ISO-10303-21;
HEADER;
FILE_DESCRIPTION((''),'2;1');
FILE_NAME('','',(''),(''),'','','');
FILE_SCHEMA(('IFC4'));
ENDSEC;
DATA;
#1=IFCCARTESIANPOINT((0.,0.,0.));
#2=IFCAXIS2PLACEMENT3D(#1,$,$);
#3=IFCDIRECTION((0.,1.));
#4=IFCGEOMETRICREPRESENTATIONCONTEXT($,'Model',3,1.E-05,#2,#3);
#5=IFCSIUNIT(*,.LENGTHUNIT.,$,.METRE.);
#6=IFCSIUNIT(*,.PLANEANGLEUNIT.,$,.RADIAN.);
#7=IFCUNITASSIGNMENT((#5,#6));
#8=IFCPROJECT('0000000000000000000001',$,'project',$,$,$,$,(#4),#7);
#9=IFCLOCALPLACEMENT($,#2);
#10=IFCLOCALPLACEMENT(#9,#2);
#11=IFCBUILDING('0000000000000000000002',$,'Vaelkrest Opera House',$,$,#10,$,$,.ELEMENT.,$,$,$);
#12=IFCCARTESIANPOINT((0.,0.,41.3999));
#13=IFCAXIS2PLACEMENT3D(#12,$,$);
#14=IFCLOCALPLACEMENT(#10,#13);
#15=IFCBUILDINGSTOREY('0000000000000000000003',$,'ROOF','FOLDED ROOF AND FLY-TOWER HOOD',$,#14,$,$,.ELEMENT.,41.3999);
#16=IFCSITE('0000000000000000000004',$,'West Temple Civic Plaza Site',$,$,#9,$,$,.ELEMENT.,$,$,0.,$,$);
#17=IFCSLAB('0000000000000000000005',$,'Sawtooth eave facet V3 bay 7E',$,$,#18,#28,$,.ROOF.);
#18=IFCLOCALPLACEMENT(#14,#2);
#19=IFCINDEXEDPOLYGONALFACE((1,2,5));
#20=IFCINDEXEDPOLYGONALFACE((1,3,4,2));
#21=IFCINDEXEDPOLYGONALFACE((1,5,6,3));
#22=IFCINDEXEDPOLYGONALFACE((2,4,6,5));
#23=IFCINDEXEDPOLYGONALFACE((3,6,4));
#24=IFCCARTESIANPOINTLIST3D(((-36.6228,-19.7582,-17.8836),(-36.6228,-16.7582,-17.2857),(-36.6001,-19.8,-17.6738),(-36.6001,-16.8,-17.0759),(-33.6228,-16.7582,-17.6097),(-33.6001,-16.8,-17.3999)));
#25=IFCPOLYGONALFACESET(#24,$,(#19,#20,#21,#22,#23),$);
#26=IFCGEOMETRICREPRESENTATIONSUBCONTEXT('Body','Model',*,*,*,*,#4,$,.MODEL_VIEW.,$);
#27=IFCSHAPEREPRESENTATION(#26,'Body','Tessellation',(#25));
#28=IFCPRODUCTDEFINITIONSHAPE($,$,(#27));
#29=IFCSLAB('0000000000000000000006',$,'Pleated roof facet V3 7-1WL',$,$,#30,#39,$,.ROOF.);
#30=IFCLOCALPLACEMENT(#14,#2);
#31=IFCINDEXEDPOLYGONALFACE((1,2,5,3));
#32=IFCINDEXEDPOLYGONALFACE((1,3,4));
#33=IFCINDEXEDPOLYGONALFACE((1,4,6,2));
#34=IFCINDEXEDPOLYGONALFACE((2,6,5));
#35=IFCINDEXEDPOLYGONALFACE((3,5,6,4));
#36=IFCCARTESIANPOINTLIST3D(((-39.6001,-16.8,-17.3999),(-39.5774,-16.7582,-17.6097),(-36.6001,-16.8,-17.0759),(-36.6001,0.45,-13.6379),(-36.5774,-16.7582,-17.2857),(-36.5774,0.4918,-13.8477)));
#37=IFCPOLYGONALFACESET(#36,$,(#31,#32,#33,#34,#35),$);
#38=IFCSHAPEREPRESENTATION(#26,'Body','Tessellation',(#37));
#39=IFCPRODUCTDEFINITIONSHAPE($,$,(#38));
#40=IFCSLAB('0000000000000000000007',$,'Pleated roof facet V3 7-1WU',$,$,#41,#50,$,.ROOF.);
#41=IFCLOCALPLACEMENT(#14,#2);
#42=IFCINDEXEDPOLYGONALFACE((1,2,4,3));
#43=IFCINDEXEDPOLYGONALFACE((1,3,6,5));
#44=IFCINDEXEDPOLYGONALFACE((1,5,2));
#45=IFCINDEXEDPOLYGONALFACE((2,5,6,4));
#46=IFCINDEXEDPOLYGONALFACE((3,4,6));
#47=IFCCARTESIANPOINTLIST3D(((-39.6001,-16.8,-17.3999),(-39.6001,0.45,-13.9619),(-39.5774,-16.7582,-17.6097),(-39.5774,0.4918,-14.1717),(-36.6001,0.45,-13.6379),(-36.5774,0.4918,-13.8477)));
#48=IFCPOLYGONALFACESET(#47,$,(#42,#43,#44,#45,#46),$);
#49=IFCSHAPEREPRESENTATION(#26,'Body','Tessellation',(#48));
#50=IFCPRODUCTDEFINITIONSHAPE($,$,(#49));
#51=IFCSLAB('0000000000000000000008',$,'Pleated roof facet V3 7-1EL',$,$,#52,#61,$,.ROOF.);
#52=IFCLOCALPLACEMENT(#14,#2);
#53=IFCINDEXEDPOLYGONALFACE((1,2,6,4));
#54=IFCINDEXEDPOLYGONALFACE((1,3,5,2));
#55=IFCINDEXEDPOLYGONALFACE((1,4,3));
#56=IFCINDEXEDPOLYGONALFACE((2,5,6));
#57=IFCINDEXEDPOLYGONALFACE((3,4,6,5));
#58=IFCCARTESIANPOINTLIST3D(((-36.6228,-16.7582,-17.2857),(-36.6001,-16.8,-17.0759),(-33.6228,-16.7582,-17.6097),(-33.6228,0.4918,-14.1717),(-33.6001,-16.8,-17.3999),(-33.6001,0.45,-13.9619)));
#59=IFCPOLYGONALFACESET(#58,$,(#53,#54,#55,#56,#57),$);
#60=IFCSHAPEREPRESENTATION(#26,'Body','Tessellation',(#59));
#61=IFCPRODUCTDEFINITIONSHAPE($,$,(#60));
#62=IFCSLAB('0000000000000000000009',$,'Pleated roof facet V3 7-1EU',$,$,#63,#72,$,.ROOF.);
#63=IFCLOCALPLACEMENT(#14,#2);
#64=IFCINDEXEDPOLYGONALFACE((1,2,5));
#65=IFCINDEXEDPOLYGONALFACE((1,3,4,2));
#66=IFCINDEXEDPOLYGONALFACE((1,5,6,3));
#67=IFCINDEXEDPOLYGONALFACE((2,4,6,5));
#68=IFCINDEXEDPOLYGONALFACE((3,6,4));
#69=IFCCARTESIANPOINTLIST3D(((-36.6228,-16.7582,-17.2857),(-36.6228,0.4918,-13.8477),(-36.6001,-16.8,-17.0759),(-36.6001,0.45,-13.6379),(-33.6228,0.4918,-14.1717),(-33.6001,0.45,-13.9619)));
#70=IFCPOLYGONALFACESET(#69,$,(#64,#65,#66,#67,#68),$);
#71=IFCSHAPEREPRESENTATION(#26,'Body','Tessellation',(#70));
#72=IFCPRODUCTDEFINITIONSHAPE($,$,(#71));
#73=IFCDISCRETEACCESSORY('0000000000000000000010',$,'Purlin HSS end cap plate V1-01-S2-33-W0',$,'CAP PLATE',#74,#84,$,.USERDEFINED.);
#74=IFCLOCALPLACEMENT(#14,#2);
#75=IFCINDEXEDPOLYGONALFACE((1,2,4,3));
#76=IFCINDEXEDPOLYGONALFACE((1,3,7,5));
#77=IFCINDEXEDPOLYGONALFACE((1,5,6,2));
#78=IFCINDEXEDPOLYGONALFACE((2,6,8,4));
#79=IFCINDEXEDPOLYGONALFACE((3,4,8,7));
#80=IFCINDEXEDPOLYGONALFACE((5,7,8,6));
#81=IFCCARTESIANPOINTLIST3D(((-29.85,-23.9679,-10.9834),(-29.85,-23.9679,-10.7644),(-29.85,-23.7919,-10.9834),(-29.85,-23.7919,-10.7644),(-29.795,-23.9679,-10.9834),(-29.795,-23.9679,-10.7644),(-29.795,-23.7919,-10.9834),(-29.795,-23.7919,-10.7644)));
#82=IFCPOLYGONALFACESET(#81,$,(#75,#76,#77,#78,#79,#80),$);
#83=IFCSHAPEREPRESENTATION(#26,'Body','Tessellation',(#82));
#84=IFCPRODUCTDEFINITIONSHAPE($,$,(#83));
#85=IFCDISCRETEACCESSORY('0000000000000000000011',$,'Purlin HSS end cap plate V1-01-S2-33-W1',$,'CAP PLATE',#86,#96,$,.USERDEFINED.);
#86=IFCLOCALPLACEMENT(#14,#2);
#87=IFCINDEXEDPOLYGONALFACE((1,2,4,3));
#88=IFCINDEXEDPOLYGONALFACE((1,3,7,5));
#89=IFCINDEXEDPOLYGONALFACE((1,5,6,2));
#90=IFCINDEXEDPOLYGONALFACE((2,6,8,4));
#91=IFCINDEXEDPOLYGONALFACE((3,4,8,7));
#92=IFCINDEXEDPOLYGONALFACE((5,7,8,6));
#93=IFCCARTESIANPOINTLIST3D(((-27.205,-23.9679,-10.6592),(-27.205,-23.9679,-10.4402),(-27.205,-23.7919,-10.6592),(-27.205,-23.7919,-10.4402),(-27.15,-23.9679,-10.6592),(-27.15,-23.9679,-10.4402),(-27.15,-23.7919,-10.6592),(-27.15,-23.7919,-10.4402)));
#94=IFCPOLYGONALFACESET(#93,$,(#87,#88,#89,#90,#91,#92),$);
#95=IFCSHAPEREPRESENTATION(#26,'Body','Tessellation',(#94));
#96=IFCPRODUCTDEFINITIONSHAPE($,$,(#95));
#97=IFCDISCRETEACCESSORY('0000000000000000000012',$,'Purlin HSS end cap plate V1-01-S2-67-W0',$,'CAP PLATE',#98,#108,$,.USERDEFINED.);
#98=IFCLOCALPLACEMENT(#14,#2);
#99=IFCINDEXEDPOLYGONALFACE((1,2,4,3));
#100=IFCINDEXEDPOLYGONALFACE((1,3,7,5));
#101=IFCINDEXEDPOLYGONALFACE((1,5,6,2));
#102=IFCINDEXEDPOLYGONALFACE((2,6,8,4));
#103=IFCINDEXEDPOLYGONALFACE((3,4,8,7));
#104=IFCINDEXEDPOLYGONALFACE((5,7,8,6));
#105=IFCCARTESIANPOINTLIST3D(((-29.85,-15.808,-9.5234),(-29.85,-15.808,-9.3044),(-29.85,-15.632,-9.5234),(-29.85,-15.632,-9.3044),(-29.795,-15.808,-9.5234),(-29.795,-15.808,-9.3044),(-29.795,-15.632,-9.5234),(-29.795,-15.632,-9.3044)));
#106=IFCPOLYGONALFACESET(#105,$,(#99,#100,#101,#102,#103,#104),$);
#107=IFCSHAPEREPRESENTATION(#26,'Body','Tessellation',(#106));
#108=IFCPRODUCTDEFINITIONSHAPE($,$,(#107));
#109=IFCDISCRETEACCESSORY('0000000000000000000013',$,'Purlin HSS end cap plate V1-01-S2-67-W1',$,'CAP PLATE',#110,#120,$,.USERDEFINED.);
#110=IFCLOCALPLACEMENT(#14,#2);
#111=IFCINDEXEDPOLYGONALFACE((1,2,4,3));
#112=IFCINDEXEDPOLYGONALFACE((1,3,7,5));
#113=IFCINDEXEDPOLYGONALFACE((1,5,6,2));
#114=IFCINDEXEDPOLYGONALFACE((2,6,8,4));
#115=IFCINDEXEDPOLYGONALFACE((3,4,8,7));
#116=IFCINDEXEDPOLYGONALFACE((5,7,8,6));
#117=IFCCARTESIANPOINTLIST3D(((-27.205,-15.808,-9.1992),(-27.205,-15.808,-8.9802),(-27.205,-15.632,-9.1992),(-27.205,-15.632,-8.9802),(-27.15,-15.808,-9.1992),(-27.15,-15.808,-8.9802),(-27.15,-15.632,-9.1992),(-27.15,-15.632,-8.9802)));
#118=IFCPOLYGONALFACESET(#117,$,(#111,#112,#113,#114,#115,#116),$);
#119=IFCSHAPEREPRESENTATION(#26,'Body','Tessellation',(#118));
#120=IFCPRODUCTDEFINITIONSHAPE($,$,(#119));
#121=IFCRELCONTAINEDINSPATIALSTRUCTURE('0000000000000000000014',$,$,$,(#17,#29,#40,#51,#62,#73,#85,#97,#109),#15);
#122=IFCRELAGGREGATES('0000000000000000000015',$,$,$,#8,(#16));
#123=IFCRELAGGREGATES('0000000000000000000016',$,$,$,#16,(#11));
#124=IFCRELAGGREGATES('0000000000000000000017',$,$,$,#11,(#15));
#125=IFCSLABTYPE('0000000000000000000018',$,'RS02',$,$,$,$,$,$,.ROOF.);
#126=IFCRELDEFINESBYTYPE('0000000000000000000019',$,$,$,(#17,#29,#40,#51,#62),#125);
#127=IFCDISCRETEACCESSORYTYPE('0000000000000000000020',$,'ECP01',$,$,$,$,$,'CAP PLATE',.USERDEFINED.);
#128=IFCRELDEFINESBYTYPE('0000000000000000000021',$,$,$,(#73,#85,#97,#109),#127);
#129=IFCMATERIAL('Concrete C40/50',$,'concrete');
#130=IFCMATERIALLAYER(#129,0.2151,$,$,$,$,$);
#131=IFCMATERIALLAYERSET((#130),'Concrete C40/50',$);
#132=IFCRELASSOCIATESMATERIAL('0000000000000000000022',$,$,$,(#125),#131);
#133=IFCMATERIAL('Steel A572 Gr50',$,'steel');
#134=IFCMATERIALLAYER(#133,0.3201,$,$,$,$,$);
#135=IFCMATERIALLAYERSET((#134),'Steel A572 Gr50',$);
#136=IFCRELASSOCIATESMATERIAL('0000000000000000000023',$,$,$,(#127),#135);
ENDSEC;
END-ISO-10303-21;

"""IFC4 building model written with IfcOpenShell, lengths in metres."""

from ifc_helpers import new_model, si_unit, direction, frame, origin, origin_2d, place, context, subcontext, project, spatial, polyline, rectangle, outline, extrude, material, layer, layer_set, type_object, element, save


model = new_model("IFC4")

# Units and contexts
model_context = context("Model", 3, precision=1e-05, world=origin(), true_north=direction((0.0, 1.0)))
body_context = subcontext(model_context, "Body", "Model", "MODEL_VIEW")
ifc_project = project(units=[si_unit("LENGTHUNIT", "METRE"), si_unit("PLANEANGLEUNIT", "RADIAN")], contexts=[model_context])

# Site, building, storey
site_placement = place(None, origin())
site = spatial("IfcSite", under=ifc_project, at=site_placement, Name="West Temple Civic Plaza Site", CompositionType="ELEMENT", RefElevation=0.0)
building_placement = place(site_placement, origin())
building = spatial("IfcBuilding", under=site, at=building_placement, Name="Vaelkrest Opera House", CompositionType="ELEMENT")
storey_placement = place(building_placement, frame((0.0, 0.0, 41.3999)))
storey = spatial("IfcBuildingStorey", under=building, at=storey_placement, Name="ROOF", Description="FOLDED ROOF AND FLY-TOWER HOOD", CompositionType="ELEMENT", Elevation=41.3999)

# Shared definitions
ifc_material_1 = material(Name="Steel A572 Gr50", Category="steel")

# Slabs
ifc_material_2 = material(Name="Concrete C40/50", Category="concrete")
ifc_layer_1 = layer(ifc_material_2, 0.2151)
ifc_layer_set_1 = layer_set([ifc_layer_1], Name="Concrete C40/50")
slab_type = type_object("IfcSlabType", Name="RS02", PredefinedType="ROOF", material=ifc_layer_set_1)
slab_1_placement = place(storey_placement, frame((-36.6001, -16.8, -17.0759), z_axis=(0.10532, -0.194369, 0.975258), x_axis=(0.0, -0.980712, -0.195456)))
element("IfcSlab", 1, at=slab_1_placement, inside=storey, type_object=slab_type, Name="Sawtooth eave facet V3 bay 7E", PredefinedType="ROOF", context=body_context, shape_type="SweptSolid", body=[
    extrude(outline(polyline([(0.0, 0.0), (3.059, 0.0), (0.0633, 3.0168), (0.0, 0.0)])), origin(), (0.0, 0.0, -1.0), 0.2151),
])
slab_2_placement = place(storey_placement, frame((-39.6001, -16.8, -17.3999), z_axis=(-0.10532, -0.194372, 0.975257), x_axis=(0.994219, 0.0, 0.107367)))
element("IfcSlab", 2, at=slab_2_placement, inside=storey, type_object=slab_type, Name="Pleated roof facet V3 7-1WL", PredefinedType="ROOF", context=body_context, shape_type="SweptSolid", body=[
    extrude(outline(polyline([(0.0, 0.0), (3.0174, 0.0), (3.3866, 17.5854), (0.0, 0.0)])), origin(), (0.0, 0.0, -1.0), 0.2151),
])
slab_3_placement = place(storey_placement, frame((-39.6001, -16.8, -17.3999), z_axis=(-0.10532, -0.194372, 0.975257), x_axis=(0.167518, 0.963229, 0.210066)))
element("IfcSlab", 3, at=slab_3_placement, inside=storey, type_object=slab_type, Name="Pleated roof facet V3 7-1WU", PredefinedType="ROOF", context=body_context, shape_type="SweptSolid", body=[
    extrude(outline(polyline([(0.0, 0.0), (17.9085, 0.0), (17.3379, 2.963), (0.0, 0.0)])), origin(), (0.0, 0.0, -1.0), 0.2151),
])
slab_4_placement = place(storey_placement, frame((-36.6001, -16.8, -17.0759), z_axis=(0.10532, -0.194372, 0.975257), x_axis=(0.994219, 0.0, -0.107367)))
element("IfcSlab", 4, at=slab_4_placement, inside=storey, type_object=slab_type, Name="Pleated roof facet V3 7-1EL", PredefinedType="ROOF", context=body_context, shape_type="SweptSolid", body=[
    extrude(outline(polyline([(0.0, 0.0), (3.0174, 0.0), (2.6483, 17.5854), (0.0, 0.0)])), origin(), (0.0, 0.0, -1.0), 0.2151),
])
slab_5_placement = place(storey_placement, frame((-36.6001, -16.8, -17.0759), z_axis=(0.10532, -0.194372, 0.975257), x_axis=(0.168694, 0.96999, 0.175105)))
element("IfcSlab", 5, at=slab_5_placement, inside=storey, type_object=slab_type, Name="Pleated roof facet V3 7-1EU", PredefinedType="ROOF", context=body_context, shape_type="SweptSolid", body=[
    extrude(outline(polyline([(0.0, 0.0), (17.7837, 0.0), (17.3343, 2.9838), (0.0, 0.0)])), origin(), (0.0, 0.0, -1.0), 0.2151),
])

# Discrete accessories
ifc_layer_2 = layer(ifc_material_1, 0.3201)
ifc_layer_set_2 = layer_set([ifc_layer_2], Name="Steel A572 Gr50")
discrete_accessory_type = type_object("IfcDiscreteAccessoryType", Name="ECP01", ElementType="CAP PLATE", PredefinedType="USERDEFINED", material=ifc_layer_set_2)
for number, where, z_axis, x_axis, name in (
    (6, (-29.8225, -23.8799, -10.9834), (0.0, 0.0, 1.0), (1.0, 0.0, 0.0), "Purlin HSS end cap plate V1-01-S2-33-W0"),
    (7, (-27.1775, -23.8799, -10.6592), (0.0, 0.0, 1.0), (1.0, 0.0, 0.0), "Purlin HSS end cap plate V1-01-S2-33-W1"),
    (8, (-29.8225, -15.72, -9.5234), (0.0, 0.0, 1.0), (1.0, 0.0, 0.0), "Purlin HSS end cap plate V1-01-S2-67-W0"),
    (9, (-27.1775, -15.72, -9.1992), (0.0, 0.0, 1.0), (1.0, 0.0, 0.0), "Purlin HSS end cap plate V1-01-S2-67-W1"),
):
    element("IfcDiscreteAccessory", number, at=place(storey_placement, frame(where, z_axis=z_axis, x_axis=x_axis)), inside=storey, type_object=discrete_accessory_type, Name=name, ObjectType="CAP PLATE", PredefinedType="USERDEFINED", context=body_context, shape_type="SweptSolid", body=[
        extrude(rectangle(XDim=0.0549, YDim=0.176, at=origin_2d()), origin(), (0.0, 0.0, 1.0), 0.219),
    ])

save(model, "model.ifc")
